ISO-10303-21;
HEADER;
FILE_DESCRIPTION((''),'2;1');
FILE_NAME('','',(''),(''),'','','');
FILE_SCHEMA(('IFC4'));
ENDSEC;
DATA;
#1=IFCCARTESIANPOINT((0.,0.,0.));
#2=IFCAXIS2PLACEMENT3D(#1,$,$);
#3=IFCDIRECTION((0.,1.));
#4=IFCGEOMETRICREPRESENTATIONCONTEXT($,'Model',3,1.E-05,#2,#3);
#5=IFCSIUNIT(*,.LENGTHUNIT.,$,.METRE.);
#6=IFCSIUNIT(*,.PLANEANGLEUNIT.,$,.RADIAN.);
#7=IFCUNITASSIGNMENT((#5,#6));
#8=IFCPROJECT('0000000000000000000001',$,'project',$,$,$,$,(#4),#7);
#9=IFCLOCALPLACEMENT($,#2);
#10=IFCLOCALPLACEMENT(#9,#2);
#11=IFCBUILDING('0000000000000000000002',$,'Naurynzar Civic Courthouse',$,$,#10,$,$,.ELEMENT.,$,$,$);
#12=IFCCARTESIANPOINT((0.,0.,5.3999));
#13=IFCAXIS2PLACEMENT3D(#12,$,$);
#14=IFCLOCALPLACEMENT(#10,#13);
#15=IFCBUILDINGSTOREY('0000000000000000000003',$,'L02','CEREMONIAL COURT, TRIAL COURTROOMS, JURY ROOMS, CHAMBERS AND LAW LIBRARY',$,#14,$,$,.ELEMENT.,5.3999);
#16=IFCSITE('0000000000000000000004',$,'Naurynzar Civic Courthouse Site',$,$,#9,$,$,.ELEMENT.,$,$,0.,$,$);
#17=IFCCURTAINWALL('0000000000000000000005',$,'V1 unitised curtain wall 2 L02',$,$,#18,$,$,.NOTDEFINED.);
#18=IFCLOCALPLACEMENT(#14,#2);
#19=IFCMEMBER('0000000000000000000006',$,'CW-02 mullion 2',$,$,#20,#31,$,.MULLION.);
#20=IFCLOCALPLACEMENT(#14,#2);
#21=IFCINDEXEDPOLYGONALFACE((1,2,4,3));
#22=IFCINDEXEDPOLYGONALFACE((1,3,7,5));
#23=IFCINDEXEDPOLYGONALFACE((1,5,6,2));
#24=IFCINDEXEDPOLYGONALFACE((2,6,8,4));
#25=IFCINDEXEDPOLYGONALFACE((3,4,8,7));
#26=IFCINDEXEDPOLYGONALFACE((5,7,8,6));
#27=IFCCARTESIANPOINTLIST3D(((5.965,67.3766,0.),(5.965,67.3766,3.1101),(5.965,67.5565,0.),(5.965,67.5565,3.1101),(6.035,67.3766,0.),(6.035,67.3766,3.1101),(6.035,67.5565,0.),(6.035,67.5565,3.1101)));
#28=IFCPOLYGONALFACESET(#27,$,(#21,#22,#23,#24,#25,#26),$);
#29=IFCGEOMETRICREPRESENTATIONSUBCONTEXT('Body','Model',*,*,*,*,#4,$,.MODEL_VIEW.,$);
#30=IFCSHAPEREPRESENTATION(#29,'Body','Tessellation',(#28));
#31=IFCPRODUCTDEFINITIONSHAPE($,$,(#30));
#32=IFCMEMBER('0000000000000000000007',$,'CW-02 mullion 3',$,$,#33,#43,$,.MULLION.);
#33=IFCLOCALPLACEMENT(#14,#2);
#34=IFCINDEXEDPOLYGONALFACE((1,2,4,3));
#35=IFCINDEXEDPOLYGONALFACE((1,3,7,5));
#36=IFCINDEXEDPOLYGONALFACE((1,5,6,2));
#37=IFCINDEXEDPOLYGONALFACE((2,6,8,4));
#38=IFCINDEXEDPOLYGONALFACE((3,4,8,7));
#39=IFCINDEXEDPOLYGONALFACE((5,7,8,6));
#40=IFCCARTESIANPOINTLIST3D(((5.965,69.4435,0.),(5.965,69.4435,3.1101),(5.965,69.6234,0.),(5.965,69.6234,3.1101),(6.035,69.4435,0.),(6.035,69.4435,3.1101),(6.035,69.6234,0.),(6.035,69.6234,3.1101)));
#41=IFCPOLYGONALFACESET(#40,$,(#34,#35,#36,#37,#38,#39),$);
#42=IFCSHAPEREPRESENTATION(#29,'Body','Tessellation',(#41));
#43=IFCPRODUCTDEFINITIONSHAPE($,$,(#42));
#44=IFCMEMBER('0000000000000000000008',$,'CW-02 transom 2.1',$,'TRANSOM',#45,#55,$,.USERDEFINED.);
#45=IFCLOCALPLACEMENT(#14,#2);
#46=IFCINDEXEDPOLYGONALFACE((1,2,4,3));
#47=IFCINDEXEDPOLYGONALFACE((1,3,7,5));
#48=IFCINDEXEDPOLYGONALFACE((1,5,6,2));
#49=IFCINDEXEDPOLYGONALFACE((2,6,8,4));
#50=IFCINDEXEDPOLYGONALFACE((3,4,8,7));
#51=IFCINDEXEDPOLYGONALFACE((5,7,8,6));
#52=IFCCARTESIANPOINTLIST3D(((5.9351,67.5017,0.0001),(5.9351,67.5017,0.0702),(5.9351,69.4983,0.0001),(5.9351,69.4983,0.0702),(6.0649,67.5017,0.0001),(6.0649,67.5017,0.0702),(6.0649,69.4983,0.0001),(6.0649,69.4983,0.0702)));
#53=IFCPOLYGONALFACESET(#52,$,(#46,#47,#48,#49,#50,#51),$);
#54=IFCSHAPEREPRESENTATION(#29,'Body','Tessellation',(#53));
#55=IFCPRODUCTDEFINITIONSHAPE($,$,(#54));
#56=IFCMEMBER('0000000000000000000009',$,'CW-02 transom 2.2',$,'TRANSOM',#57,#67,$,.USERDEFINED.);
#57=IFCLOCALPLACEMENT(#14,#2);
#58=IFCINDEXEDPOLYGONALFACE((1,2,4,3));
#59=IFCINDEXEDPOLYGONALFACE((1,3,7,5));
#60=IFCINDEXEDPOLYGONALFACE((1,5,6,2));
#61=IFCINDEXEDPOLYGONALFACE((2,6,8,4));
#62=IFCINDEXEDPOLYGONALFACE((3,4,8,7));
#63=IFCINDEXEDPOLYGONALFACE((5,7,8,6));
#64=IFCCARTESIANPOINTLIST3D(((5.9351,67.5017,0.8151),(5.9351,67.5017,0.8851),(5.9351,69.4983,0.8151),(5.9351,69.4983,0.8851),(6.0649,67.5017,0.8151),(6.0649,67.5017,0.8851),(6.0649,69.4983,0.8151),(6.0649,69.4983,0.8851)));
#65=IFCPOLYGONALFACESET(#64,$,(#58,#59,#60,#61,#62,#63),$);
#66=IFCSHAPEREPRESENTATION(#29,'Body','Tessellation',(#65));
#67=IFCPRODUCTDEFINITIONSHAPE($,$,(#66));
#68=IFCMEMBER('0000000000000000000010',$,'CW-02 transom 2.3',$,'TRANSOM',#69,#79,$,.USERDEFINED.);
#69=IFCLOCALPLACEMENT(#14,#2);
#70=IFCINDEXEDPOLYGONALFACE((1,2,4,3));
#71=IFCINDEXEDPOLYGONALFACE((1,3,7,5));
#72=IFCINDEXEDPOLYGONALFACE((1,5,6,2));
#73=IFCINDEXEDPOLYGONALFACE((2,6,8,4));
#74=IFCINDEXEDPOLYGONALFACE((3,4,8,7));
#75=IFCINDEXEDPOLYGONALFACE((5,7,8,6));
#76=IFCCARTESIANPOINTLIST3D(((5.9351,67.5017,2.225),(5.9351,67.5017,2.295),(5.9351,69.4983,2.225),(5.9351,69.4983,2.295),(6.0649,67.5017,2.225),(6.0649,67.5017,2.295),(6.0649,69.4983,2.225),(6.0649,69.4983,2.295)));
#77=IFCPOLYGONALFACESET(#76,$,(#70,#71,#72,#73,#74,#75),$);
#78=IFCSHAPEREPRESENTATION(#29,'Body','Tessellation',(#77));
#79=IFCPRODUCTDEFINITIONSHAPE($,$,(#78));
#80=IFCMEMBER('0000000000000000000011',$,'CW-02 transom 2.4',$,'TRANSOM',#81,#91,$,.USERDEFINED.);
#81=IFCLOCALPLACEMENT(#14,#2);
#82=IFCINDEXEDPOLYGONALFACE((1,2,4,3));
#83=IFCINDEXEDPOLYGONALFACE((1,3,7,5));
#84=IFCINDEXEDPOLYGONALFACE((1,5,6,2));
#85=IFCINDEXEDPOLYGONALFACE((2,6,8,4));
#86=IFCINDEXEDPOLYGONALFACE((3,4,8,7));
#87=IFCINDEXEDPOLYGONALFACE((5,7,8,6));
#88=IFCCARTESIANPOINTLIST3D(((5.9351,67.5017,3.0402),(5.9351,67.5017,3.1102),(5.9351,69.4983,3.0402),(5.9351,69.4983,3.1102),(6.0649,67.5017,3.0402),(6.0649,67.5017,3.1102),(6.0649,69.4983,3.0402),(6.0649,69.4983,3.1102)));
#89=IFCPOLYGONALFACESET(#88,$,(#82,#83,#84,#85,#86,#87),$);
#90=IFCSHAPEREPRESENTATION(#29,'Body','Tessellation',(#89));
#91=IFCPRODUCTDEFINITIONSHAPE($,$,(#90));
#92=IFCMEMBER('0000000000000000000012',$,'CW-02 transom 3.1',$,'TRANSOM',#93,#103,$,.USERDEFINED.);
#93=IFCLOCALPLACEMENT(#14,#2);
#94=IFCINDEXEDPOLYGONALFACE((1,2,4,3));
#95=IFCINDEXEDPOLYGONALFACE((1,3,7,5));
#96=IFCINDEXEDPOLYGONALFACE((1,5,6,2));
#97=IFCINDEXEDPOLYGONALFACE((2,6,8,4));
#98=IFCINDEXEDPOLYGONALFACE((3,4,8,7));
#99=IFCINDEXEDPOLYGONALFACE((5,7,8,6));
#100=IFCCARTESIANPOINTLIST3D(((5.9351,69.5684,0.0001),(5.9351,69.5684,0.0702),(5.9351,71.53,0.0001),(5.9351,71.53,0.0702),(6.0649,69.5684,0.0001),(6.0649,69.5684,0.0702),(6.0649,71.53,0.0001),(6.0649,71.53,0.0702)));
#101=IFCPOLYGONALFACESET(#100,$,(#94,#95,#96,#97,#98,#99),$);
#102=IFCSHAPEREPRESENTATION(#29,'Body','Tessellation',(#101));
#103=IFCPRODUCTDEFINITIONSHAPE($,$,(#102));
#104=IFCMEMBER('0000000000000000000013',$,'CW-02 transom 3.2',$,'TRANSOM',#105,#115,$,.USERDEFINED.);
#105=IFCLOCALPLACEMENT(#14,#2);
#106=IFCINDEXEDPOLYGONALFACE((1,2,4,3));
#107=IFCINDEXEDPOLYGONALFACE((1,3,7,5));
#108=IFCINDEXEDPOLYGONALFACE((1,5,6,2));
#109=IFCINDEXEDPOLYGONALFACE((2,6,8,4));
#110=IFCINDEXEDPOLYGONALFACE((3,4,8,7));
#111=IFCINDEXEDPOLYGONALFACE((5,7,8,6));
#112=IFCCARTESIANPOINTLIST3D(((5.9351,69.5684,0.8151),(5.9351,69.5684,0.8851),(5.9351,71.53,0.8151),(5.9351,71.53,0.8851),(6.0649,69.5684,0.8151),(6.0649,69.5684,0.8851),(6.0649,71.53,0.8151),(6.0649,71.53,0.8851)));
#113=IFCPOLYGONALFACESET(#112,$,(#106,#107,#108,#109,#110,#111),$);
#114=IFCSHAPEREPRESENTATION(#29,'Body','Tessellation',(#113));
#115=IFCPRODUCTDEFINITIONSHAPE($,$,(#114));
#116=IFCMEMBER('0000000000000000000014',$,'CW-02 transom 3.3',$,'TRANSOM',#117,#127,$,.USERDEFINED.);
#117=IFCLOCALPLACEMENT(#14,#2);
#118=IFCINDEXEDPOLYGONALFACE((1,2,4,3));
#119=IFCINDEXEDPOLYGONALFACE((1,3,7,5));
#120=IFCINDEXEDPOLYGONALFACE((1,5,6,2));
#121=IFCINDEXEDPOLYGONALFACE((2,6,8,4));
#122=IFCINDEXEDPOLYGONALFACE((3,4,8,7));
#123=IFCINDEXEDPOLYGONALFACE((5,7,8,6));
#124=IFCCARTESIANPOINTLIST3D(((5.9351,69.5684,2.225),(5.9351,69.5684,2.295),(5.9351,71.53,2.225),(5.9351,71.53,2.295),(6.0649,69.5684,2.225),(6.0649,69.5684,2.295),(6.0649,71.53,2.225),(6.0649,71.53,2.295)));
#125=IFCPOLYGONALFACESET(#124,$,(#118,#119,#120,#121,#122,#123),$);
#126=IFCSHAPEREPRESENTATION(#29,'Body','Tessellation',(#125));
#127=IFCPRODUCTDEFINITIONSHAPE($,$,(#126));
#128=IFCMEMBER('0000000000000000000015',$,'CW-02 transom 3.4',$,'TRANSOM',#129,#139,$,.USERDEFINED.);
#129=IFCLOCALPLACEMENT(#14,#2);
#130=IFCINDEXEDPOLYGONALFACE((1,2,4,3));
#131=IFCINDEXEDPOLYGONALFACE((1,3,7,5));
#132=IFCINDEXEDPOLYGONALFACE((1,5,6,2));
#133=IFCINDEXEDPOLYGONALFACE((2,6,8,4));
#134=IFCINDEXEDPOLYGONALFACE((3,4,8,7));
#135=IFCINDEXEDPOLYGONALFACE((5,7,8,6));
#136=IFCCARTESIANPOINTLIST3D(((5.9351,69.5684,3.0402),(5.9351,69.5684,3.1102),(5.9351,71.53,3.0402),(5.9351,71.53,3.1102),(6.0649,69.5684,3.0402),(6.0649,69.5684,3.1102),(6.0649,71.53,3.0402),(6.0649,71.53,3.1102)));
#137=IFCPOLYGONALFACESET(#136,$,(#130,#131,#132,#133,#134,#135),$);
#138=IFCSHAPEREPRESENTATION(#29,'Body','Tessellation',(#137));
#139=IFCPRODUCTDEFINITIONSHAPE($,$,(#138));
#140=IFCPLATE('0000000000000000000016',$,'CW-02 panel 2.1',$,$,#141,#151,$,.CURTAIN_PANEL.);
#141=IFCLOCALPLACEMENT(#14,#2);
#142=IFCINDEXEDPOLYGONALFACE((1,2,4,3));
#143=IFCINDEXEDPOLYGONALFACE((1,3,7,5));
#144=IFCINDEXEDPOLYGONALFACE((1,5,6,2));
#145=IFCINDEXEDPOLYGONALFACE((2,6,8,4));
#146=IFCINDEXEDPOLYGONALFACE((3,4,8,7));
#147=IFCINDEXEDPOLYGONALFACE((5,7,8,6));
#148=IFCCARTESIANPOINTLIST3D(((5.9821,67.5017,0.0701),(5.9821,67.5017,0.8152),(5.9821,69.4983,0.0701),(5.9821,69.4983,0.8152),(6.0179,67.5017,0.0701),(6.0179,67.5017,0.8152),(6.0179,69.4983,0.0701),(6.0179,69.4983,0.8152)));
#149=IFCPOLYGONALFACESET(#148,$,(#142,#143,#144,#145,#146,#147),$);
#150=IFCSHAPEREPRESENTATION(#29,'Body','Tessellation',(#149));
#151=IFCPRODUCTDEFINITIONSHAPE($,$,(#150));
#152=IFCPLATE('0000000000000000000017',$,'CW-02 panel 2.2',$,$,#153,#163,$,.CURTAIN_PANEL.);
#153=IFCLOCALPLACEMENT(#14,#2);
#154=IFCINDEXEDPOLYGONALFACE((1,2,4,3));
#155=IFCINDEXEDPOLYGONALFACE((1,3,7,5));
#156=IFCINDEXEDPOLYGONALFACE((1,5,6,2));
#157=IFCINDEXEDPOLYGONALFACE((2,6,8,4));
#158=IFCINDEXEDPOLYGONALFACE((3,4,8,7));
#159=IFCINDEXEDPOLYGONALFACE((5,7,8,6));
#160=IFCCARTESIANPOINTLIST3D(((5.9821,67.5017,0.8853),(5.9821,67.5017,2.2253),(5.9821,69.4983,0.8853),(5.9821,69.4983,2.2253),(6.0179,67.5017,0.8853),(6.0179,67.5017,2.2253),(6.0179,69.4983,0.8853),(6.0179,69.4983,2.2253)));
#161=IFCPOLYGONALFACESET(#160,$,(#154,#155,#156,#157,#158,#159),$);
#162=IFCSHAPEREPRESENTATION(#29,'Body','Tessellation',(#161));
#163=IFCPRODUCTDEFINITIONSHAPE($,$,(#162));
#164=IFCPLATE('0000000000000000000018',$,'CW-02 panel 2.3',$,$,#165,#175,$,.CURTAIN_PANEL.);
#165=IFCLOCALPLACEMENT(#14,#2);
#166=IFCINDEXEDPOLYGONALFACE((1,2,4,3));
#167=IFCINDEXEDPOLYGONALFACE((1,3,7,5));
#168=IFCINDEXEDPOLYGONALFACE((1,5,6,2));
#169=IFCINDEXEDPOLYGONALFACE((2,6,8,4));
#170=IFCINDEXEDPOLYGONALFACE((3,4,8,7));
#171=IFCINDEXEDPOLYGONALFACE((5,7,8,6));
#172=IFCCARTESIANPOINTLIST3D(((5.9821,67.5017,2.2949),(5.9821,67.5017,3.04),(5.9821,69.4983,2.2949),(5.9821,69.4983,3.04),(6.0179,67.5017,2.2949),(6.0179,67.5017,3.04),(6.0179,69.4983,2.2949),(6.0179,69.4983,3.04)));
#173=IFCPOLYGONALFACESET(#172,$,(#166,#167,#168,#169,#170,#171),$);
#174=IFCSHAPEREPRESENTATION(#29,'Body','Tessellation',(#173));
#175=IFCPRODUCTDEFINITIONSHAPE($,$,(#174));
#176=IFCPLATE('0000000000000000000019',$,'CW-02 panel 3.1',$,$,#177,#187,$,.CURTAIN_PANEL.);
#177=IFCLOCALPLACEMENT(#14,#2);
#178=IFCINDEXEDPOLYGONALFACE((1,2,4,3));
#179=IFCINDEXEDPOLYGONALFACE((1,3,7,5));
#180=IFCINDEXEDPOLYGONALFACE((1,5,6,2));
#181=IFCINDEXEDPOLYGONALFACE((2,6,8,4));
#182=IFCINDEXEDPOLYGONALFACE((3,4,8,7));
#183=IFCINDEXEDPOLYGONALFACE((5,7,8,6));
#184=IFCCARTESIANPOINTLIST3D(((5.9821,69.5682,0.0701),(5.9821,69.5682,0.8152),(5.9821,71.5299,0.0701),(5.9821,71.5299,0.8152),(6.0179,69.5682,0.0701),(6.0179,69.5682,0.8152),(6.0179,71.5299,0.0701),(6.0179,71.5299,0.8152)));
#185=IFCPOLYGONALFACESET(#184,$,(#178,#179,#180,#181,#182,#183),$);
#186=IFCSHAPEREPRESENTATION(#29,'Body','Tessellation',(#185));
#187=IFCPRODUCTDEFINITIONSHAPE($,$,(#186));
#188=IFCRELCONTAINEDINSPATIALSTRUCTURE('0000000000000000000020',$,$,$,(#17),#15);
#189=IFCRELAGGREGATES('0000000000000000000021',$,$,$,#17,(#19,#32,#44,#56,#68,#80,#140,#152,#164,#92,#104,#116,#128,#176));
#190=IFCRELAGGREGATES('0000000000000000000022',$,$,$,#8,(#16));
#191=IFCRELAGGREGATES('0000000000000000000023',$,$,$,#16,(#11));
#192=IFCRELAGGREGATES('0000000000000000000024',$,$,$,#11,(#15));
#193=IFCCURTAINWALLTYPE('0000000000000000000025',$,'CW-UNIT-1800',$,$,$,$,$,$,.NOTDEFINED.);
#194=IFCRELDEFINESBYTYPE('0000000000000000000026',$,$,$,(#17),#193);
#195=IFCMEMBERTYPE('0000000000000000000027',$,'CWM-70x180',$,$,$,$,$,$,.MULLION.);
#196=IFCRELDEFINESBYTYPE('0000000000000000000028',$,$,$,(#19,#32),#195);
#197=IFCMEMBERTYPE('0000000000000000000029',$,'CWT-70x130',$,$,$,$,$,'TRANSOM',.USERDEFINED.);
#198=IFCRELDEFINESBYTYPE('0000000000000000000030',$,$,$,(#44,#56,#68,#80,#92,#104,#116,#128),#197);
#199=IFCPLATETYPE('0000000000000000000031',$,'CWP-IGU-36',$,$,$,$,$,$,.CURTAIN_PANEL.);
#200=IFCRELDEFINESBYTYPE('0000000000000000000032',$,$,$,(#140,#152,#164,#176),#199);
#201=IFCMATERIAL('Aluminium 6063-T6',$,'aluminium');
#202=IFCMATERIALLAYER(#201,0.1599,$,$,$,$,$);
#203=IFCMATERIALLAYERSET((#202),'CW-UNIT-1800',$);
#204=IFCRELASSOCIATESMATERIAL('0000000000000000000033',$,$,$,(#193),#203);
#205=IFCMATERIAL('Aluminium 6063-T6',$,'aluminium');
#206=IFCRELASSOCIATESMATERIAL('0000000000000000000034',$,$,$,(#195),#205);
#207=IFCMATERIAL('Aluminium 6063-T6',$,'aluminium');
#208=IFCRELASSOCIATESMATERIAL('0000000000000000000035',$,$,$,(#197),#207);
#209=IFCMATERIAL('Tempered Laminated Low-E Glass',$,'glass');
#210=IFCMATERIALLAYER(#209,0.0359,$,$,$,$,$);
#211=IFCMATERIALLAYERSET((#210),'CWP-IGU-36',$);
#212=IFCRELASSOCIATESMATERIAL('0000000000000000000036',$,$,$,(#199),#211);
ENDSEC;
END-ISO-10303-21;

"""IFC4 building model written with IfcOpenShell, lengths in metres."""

from ifc_helpers import new_model, si_unit, direction, frame, origin, origin_2d, place, context, subcontext, project, spatial, rectangle, extrude, material, layer, layer_set, material_profile, profile_set, type_object, element, aggregate, save


model = new_model("IFC4")

# Units and contexts
model_context = context("Model", 3, precision=1e-05, world=origin(), true_north=direction((0.0, 1.0)))
body_context = subcontext(model_context, "Body", "Model", "MODEL_VIEW")
ifc_project = project(units=[si_unit("LENGTHUNIT", "METRE"), si_unit("PLANEANGLEUNIT", "RADIAN")], contexts=[model_context])

# Site, building, storey
site_placement = place(None, origin())
site = spatial("IfcSite", under=ifc_project, at=site_placement, Name="Naurynzar Civic Courthouse Site", CompositionType="ELEMENT", RefElevation=0.0)
building_placement = place(site_placement, origin())
building = spatial("IfcBuilding", under=site, at=building_placement, Name="Naurynzar Civic Courthouse", CompositionType="ELEMENT")
storey_placement = place(building_placement, frame((0.0, 0.0, 5.3999)))
storey = spatial("IfcBuildingStorey", under=building, at=storey_placement, Name="L02", Description="CEREMONIAL COURT, TRIAL COURTROOMS, JURY ROOMS, CHAMBERS AND LAW LIBRARY", CompositionType="ELEMENT", Elevation=5.3999)

# Curtain wall, members, plates
ifc_material_1 = material(Name="Aluminium 6063-T6", Category="aluminium")
ifc_layer_1 = layer(ifc_material_1, 0.1599)
ifc_layer_set_1 = layer_set([ifc_layer_1], Name="CW-UNIT-1800")
curtain_wall_type = type_object("IfcCurtainWallType", Name="CW-UNIT-1800", PredefinedType="NOTDEFINED", material=ifc_layer_set_1)
curtain_wall_placement = place(storey_placement, origin())
curtain_wall = element("IfcCurtainWall", 1, at=curtain_wall_placement, inside=storey, type_object=curtain_wall_type, Name="V1 unitised curtain wall 2 L02", PredefinedType="NOTDEFINED")
ifc_material_2 = material(Name="Aluminium 6063-T6", Category="aluminium")
ifc_material_profile_1 = material_profile(ifc_material_2, rectangle(XDim=0.0701, YDim=0.1799, at=origin_2d()), Name="ALU MULLION 70x180")
ifc_profile_set_1 = profile_set([ifc_material_profile_1], Name="Aluminium 6063-T6")
member_type_1 = type_object("IfcMemberType", Name="CWM-70x180", PredefinedType="MULLION", material=ifc_profile_set_1)
member_1_placement = place(storey_placement, frame((6.0, 67.4666, 0.0), z_axis=(0.0, 0.0, 1.0), x_axis=(-1.0, 0.0, 0.0)))
member_1 = element("IfcMember", 2, at=member_1_placement, type_object=member_type_1, Name="CW-02 mullion 2", PredefinedType="MULLION", context=body_context, shape_type="SweptSolid", body=[
    extrude(rectangle(XDim=0.0701, YDim=0.1799, at=origin_2d()), origin(), (0.0, 0.0, 1.0), 3.1101),
])
member_2_placement = place(storey_placement, frame((6.0, 69.5334, 0.0), z_axis=(0.0, 0.0, 1.0), x_axis=(-1.0, 0.0, 0.0)))
member_2 = element("IfcMember", 3, at=member_2_placement, type_object=member_type_1, Name="CW-02 mullion 3", PredefinedType="MULLION", context=body_context, shape_type="SweptSolid", body=[
    extrude(rectangle(XDim=0.0701, YDim=0.1799, at=origin_2d()), origin(), (0.0, 0.0, 1.0), 3.1101),
])
ifc_material_3 = material(Name="Aluminium 6063-T6", Category="aluminium")
ifc_material_profile_2 = material_profile(ifc_material_3, rectangle(XDim=0.1299, YDim=0.0701, at=origin_2d()), Name="ALU TRANSOM 70x130")
ifc_profile_set_2 = profile_set([ifc_material_profile_2], Name="Aluminium 6063-T6")
member_type_2 = type_object("IfcMemberType", Name="CWT-70x130", ElementType="TRANSOM", PredefinedType="USERDEFINED", material=ifc_profile_set_2)
member_3_placement = place(storey_placement, frame((6.0, 67.5017, 0.0352), z_axis=(0.0, 1.0, 0.0), x_axis=(-1.0, 0.0, 0.0)))
member_3 = element("IfcMember", 4, at=member_3_placement, type_object=member_type_2, Name="CW-02 transom 2.1", ObjectType="TRANSOM", PredefinedType="USERDEFINED", context=body_context, shape_type="SweptSolid", body=[
    extrude(rectangle(XDim=0.1299, YDim=0.0701, at=origin_2d()), origin(), (0.0, 0.0, 1.0), 1.9966),
])
member_4_placement = place(storey_placement, frame((6.0, 67.5017, 0.8501), z_axis=(0.0, 1.0, 0.0), x_axis=(-1.0, 0.0, 0.0)))
member_4 = element("IfcMember", 5, at=member_4_placement, type_object=member_type_2, Name="CW-02 transom 2.2", ObjectType="TRANSOM", PredefinedType="USERDEFINED", context=body_context, shape_type="SweptSolid", body=[
    extrude(rectangle(XDim=0.1299, YDim=0.0701, at=origin_2d()), origin(), (0.0, 0.0, 1.0), 1.9966),
])
member_5_placement = place(storey_placement, frame((6.0, 67.5017, 2.26), z_axis=(0.0, 1.0, 0.0), x_axis=(-1.0, 0.0, 0.0)))
member_5 = element("IfcMember", 6, at=member_5_placement, type_object=member_type_2, Name="CW-02 transom 2.3", ObjectType="TRANSOM", PredefinedType="USERDEFINED", context=body_context, shape_type="SweptSolid", body=[
    extrude(rectangle(XDim=0.1299, YDim=0.0701, at=origin_2d()), origin(), (0.0, 0.0, 1.0), 1.9966),
])
member_6_placement = place(storey_placement, frame((6.0, 67.5017, 3.0752), z_axis=(0.0, 1.0, 0.0), x_axis=(-1.0, 0.0, 0.0)))
member_6 = element("IfcMember", 7, at=member_6_placement, type_object=member_type_2, Name="CW-02 transom 2.4", ObjectType="TRANSOM", PredefinedType="USERDEFINED", context=body_context, shape_type="SweptSolid", body=[
    extrude(rectangle(XDim=0.1299, YDim=0.0701, at=origin_2d()), origin(), (0.0, 0.0, 1.0), 1.9966),
])
member_7_placement = place(storey_placement, frame((6.0, 69.5684, 0.0352), z_axis=(0.0, 1.0, 0.0), x_axis=(-1.0, 0.0, 0.0)))
member_7 = element("IfcMember", 8, at=member_7_placement, type_object=member_type_2, Name="CW-02 transom 3.1", ObjectType="TRANSOM", PredefinedType="USERDEFINED", context=body_context, shape_type="SweptSolid", body=[
    extrude(rectangle(XDim=0.1299, YDim=0.0701, at=origin_2d()), origin(), (0.0, 0.0, 1.0), 1.9617),
])
member_8_placement = place(storey_placement, frame((6.0, 69.5684, 0.8501), z_axis=(0.0, 1.0, 0.0), x_axis=(-1.0, 0.0, 0.0)))
member_8 = element("IfcMember", 9, at=member_8_placement, type_object=member_type_2, Name="CW-02 transom 3.2", ObjectType="TRANSOM", PredefinedType="USERDEFINED", context=body_context, shape_type="SweptSolid", body=[
    extrude(rectangle(XDim=0.1299, YDim=0.0701, at=origin_2d()), origin(), (0.0, 0.0, 1.0), 1.9617),
])
member_9_placement = place(storey_placement, frame((6.0, 69.5684, 2.26), z_axis=(0.0, 1.0, 0.0), x_axis=(-1.0, 0.0, 0.0)))
member_9 = element("IfcMember", 10, at=member_9_placement, type_object=member_type_2, Name="CW-02 transom 3.3", ObjectType="TRANSOM", PredefinedType="USERDEFINED", context=body_context, shape_type="SweptSolid", body=[
    extrude(rectangle(XDim=0.1299, YDim=0.0701, at=origin_2d()), origin(), (0.0, 0.0, 1.0), 1.9617),
])
member_10_placement = place(storey_placement, frame((6.0, 69.5684, 3.0752), z_axis=(0.0, 1.0, 0.0), x_axis=(-1.0, 0.0, 0.0)))
member_10 = element("IfcMember", 11, at=member_10_placement, type_object=member_type_2, Name="CW-02 transom 3.4", ObjectType="TRANSOM", PredefinedType="USERDEFINED", context=body_context, shape_type="SweptSolid", body=[
    extrude(rectangle(XDim=0.1299, YDim=0.0701, at=origin_2d()), origin(), (0.0, 0.0, 1.0), 1.9617),
])
ifc_material_4 = material(Name="Tempered Laminated Low-E Glass", Category="glass")
ifc_layer_2 = layer(ifc_material_4, 0.0359)
ifc_layer_set_2 = layer_set([ifc_layer_2], Name="CWP-IGU-36")
plate_type = type_object("IfcPlateType", Name="CWP-IGU-36", PredefinedType="CURTAIN_PANEL", material=ifc_layer_set_2)
plate_1_placement = place(storey_placement, frame((6.0, 68.5, 0.0701), z_axis=(0.0, 0.0, 1.0), x_axis=(0.0, 1.0, 0.0)))
plate_1 = element("IfcPlate", 12, at=plate_1_placement, type_object=plate_type, Name="CW-02 panel 2.1", PredefinedType="CURTAIN_PANEL", context=body_context, shape_type="SweptSolid", body=[
    extrude(rectangle(XDim=1.9966, YDim=0.0359, at=origin_2d()), origin(), (0.0, 0.0, 1.0), 0.7451),
])
plate_2_placement = place(storey_placement, frame((6.0, 68.5, 0.8853), z_axis=(0.0, 0.0, 1.0), x_axis=(0.0, 1.0, 0.0)))
plate_2 = element("IfcPlate", 13, at=plate_2_placement, type_object=plate_type, Name="CW-02 panel 2.2", PredefinedType="CURTAIN_PANEL", context=body_context, shape_type="SweptSolid", body=[
    extrude(rectangle(XDim=1.9966, YDim=0.0359, at=origin_2d()), origin(), (0.0, 0.0, 1.0), 1.3401),
])
plate_3_placement = place(storey_placement, frame((6.0, 68.5, 2.2949), z_axis=(0.0, 0.0, 1.0), x_axis=(0.0, 1.0, 0.0)))
plate_3 = element("IfcPlate", 14, at=plate_3_placement, type_object=plate_type, Name="CW-02 panel 2.3", PredefinedType="CURTAIN_PANEL", context=body_context, shape_type="SweptSolid", body=[
    extrude(rectangle(XDim=1.9966, YDim=0.0359, at=origin_2d()), origin(), (0.0, 0.0, 1.0), 0.7451),
])
plate_4_placement = place(storey_placement, frame((6.0, 70.5491, 0.0701), z_axis=(0.0, 0.0, 1.0), x_axis=(0.0, 1.0, 0.0)))
plate_4 = element("IfcPlate", 15, at=plate_4_placement, type_object=plate_type, Name="CW-02 panel 3.1", PredefinedType="CURTAIN_PANEL", context=body_context, shape_type="SweptSolid", body=[
    extrude(rectangle(XDim=1.9617, YDim=0.0359, at=origin_2d()), origin(), (0.0, 0.0, 1.0), 0.7451),
])
aggregate(curtain_wall, [member_1, member_2, member_3, member_4, member_5, member_6, plate_1, plate_2, plate_3, member_7, member_8, member_9, member_10, plate_4])

save(model, "model.ifc")
